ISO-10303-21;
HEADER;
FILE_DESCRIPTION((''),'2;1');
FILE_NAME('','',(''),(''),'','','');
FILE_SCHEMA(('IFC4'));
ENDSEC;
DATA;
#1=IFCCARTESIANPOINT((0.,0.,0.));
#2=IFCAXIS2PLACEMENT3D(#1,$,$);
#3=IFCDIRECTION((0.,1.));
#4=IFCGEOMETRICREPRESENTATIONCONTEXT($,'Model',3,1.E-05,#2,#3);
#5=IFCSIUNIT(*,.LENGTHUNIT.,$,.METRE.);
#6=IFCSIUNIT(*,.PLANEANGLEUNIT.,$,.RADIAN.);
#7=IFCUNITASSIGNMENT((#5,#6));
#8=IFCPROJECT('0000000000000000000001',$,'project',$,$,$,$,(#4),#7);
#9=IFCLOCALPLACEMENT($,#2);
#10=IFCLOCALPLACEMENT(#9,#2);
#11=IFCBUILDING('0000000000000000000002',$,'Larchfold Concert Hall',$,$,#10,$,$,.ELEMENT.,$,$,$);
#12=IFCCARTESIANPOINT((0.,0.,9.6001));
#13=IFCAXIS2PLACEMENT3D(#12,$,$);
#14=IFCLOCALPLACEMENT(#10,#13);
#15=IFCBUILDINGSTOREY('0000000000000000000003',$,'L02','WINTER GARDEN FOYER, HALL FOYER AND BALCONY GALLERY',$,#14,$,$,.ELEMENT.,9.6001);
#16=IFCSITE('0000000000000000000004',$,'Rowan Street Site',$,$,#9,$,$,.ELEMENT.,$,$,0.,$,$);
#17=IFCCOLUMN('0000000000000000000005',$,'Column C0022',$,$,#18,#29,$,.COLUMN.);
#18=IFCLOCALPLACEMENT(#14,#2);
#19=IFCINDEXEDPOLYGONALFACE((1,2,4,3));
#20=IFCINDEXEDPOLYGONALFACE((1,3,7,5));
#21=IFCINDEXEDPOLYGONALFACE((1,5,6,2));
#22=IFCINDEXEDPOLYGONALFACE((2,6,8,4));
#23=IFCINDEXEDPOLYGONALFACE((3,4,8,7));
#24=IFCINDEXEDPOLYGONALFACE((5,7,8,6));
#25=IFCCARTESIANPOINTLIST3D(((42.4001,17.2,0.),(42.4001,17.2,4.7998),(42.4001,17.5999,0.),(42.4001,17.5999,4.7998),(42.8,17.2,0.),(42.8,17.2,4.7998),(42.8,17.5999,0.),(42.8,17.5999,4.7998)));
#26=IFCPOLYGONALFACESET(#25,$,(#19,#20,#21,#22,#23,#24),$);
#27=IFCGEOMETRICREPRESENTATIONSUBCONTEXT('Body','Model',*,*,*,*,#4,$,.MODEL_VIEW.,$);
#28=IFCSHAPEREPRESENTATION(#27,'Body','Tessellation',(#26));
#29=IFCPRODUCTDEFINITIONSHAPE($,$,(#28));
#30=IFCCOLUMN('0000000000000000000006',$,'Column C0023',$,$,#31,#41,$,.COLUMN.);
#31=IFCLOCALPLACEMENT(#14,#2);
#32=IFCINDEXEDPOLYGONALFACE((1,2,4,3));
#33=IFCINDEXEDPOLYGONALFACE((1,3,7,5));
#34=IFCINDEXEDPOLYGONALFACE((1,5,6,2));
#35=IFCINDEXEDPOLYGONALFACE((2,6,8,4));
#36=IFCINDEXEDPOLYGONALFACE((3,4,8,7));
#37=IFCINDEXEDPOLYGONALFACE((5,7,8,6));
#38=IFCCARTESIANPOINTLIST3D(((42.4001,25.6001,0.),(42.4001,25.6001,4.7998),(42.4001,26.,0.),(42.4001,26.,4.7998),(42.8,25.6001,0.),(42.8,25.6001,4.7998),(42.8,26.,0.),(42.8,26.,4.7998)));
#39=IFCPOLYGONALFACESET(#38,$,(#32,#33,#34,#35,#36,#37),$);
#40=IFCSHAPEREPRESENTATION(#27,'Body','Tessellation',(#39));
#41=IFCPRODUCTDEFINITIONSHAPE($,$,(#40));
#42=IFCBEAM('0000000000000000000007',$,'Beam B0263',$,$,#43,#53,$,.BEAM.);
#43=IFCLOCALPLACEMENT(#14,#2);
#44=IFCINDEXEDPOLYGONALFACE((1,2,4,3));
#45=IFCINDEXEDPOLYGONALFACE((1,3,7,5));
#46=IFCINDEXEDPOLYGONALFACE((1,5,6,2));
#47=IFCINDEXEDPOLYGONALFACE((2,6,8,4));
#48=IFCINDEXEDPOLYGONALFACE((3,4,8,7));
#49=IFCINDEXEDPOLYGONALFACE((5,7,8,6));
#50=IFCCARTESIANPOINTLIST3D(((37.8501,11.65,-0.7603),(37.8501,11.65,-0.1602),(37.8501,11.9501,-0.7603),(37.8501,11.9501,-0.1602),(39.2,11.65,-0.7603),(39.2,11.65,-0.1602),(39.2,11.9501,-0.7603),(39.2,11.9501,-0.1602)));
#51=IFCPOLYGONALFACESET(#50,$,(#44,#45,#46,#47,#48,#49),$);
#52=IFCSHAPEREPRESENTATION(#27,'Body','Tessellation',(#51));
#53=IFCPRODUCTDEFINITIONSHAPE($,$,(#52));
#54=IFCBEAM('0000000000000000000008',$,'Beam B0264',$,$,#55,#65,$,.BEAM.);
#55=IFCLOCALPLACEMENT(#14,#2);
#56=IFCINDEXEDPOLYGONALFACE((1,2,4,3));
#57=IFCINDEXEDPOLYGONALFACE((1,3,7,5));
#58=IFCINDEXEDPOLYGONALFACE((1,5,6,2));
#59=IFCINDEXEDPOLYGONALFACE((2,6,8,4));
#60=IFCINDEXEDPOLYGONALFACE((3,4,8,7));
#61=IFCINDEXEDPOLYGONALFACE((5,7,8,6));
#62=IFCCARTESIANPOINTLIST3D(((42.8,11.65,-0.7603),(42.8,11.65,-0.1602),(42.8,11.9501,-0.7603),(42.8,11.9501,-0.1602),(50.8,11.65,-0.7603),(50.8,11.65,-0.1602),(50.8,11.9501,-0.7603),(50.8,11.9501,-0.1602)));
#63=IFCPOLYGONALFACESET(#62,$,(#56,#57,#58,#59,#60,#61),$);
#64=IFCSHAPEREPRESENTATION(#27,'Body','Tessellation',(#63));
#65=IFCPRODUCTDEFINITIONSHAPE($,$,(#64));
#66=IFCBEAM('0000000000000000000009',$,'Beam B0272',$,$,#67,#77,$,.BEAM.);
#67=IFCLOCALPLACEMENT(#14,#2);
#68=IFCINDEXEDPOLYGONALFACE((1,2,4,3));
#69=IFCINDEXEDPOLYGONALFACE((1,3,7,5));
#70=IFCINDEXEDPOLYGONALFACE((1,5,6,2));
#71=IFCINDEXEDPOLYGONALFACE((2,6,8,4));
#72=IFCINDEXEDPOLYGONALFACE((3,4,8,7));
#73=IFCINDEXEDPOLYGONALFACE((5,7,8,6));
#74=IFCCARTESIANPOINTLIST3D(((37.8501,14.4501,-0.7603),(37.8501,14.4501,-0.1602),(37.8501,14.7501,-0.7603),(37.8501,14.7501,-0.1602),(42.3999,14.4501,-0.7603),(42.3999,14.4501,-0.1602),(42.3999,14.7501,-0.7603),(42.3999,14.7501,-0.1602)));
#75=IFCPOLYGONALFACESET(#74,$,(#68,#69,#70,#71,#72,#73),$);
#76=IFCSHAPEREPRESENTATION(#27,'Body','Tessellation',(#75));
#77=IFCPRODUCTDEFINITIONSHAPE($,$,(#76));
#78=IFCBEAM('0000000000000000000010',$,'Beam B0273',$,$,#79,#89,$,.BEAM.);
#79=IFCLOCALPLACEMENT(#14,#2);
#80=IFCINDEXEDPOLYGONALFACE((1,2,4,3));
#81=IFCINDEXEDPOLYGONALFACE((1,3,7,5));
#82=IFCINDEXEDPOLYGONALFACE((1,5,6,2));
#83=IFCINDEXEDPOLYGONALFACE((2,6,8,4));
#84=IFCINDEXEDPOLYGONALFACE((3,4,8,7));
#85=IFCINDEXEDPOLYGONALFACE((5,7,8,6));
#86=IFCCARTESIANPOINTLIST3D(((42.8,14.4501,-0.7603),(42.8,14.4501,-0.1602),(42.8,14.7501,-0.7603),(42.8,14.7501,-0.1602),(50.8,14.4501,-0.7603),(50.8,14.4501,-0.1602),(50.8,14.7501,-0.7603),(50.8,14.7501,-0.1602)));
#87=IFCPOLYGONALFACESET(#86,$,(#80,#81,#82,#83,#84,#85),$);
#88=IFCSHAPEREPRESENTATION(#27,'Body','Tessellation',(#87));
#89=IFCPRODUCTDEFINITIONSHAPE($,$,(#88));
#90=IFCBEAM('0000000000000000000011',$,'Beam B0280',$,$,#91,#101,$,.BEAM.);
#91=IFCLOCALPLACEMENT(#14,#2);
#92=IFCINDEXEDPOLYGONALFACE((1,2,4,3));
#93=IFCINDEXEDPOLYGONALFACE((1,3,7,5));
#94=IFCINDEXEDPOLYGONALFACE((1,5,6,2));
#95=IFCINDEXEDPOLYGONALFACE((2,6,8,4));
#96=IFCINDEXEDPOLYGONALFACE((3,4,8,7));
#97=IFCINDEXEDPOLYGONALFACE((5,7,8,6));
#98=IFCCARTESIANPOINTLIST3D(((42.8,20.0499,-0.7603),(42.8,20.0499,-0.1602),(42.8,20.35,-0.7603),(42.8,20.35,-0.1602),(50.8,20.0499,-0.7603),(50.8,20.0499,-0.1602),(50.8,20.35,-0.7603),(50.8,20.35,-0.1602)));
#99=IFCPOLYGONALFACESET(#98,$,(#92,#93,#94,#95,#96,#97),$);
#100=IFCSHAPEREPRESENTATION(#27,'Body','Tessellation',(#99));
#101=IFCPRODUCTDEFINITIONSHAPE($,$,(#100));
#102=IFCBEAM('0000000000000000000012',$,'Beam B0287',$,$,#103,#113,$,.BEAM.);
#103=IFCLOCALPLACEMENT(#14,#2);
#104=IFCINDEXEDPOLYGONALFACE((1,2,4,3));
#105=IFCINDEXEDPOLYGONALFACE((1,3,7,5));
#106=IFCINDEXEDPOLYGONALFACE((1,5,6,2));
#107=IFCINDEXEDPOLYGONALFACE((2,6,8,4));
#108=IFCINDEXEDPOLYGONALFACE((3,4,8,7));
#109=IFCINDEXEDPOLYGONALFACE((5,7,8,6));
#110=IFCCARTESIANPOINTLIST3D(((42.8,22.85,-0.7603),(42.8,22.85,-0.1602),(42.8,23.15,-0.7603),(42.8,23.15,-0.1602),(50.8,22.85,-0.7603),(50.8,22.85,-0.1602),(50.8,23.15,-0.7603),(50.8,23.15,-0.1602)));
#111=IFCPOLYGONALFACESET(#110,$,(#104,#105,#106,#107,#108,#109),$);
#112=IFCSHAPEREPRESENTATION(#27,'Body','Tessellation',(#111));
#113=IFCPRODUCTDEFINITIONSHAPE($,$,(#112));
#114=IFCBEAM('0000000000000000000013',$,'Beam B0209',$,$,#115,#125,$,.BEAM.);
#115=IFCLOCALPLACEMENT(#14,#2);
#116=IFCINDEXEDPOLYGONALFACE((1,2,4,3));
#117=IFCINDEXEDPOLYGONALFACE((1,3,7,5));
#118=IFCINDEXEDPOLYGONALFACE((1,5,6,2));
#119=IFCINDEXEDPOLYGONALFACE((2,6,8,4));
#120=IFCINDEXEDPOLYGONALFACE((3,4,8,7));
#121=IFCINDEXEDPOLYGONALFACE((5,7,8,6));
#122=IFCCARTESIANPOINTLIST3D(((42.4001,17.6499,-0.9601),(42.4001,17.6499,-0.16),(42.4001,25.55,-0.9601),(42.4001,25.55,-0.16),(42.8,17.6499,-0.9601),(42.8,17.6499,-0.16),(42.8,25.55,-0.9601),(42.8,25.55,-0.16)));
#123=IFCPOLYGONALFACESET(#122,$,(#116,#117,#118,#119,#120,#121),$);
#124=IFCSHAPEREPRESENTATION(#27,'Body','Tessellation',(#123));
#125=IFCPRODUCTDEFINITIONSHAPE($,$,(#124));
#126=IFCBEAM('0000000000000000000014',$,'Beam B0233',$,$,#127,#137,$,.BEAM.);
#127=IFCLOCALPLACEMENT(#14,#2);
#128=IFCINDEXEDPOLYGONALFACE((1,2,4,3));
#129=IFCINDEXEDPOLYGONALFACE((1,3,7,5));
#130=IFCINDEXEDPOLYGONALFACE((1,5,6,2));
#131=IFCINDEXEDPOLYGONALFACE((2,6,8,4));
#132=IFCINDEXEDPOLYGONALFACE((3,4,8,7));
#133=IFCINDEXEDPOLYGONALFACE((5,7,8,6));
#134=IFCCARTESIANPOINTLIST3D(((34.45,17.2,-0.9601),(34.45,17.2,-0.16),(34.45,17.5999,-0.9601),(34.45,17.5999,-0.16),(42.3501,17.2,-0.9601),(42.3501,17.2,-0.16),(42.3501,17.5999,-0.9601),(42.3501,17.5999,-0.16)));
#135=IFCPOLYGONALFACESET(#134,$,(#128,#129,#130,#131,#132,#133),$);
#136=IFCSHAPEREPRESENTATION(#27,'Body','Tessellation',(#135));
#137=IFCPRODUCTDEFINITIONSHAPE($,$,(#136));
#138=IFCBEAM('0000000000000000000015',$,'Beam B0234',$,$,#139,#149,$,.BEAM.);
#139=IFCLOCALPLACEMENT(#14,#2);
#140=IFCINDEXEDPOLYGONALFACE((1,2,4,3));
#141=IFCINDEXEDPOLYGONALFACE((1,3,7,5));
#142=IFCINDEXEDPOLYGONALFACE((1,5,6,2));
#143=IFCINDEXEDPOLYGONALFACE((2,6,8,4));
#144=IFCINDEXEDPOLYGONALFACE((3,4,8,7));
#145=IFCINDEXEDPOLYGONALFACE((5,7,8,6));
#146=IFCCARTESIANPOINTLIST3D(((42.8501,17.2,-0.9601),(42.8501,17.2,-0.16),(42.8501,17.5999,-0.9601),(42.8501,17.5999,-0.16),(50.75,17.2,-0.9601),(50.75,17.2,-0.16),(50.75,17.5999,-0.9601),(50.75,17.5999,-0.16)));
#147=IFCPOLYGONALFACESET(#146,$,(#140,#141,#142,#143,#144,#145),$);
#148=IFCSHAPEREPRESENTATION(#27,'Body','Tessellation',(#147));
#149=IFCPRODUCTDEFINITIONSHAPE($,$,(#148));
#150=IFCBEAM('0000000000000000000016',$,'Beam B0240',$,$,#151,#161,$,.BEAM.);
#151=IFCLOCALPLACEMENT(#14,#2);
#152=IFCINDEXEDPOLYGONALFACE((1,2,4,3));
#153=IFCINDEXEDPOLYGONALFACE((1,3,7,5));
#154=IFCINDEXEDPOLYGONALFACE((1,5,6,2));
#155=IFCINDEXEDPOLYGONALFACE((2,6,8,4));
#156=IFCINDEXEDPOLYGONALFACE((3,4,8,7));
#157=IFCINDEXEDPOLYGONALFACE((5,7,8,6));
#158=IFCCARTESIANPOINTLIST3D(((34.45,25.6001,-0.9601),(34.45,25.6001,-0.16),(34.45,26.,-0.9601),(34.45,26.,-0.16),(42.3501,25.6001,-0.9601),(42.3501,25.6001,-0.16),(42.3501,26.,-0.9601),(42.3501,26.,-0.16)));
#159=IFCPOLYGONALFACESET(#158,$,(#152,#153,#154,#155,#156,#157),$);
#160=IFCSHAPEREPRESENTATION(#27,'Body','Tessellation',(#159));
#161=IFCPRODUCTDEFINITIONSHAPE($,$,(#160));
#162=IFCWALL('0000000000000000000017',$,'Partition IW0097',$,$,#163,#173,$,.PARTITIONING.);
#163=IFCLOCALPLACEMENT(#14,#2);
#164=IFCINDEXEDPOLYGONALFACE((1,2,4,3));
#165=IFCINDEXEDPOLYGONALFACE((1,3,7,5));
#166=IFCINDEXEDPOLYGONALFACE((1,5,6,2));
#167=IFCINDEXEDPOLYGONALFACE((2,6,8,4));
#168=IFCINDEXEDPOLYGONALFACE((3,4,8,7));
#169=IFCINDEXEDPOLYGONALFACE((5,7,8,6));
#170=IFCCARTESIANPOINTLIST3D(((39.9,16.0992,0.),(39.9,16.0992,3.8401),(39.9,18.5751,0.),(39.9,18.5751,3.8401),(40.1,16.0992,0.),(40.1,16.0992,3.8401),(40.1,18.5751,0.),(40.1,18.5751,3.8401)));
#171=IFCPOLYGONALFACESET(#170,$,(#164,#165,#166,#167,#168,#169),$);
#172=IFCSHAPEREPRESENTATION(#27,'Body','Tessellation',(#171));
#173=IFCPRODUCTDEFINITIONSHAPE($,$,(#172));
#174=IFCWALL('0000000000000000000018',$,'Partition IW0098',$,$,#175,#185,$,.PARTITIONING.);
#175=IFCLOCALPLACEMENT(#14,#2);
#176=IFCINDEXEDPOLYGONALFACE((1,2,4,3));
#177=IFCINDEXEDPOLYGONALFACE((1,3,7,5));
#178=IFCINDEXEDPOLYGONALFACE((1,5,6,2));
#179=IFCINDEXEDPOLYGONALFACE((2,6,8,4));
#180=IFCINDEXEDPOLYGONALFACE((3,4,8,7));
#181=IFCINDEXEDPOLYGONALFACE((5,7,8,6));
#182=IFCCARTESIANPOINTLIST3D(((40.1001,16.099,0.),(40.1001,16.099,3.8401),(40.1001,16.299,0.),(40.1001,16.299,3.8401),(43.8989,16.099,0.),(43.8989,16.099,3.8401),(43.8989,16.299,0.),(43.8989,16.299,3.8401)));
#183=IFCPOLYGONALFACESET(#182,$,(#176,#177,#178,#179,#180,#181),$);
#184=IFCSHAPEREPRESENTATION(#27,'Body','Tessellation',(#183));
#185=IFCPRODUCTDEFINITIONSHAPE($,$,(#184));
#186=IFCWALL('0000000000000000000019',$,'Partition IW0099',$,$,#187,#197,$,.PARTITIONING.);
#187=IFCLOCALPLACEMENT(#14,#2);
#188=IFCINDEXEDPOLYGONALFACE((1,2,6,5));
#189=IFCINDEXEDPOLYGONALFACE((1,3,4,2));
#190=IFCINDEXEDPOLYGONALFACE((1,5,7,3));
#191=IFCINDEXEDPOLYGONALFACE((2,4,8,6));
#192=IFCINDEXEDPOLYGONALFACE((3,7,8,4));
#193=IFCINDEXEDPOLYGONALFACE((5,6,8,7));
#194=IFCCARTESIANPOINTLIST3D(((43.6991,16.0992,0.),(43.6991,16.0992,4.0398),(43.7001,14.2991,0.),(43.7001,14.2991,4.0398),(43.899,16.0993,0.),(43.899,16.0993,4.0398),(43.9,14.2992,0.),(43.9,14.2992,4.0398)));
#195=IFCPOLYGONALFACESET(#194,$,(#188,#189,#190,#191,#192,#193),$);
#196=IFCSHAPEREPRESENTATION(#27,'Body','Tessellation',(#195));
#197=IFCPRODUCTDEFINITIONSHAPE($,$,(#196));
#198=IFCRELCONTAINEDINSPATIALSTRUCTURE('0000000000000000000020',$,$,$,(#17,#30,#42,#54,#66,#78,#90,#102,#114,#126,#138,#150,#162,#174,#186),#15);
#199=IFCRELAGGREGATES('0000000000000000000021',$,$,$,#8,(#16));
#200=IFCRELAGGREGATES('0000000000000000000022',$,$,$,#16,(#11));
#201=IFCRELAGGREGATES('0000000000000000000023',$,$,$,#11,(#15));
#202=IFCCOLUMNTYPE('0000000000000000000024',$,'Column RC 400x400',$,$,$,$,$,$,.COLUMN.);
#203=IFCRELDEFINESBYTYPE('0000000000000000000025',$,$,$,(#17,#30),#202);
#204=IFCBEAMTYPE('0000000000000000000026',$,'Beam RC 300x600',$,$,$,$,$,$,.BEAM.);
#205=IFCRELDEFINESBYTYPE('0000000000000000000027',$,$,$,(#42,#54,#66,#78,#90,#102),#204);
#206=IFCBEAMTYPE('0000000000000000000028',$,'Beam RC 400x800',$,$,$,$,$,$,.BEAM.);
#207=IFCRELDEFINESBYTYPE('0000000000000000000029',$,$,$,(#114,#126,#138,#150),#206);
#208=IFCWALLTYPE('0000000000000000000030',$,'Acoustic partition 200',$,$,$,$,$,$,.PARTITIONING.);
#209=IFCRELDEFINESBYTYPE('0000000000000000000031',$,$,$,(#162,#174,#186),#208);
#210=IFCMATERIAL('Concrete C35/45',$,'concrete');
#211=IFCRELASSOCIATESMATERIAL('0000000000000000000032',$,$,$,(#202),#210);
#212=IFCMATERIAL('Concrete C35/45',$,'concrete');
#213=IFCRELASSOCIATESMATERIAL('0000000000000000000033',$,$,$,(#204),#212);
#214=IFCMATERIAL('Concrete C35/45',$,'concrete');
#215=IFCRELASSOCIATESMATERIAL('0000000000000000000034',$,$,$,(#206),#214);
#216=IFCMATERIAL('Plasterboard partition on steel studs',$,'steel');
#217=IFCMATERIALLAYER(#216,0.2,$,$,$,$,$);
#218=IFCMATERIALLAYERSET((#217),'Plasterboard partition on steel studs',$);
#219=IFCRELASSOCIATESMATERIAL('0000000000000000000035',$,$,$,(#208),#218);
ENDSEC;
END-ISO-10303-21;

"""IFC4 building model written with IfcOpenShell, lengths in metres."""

from ifc_helpers import new_model, si_unit, direction, frame, frame_2d, origin, origin_2d, place, context, subcontext, project, spatial, rectangle, extrude, material, layer, layer_set, material_profile, profile_set, type_object, element, save


model = new_model("IFC4")

# Units and contexts
model_context = context("Model", 3, precision=1e-05, world=origin(), true_north=direction((0.0, 1.0)))
body_context = subcontext(model_context, "Body", "Model", "MODEL_VIEW")
ifc_project = project(units=[si_unit("LENGTHUNIT", "METRE"), si_unit("PLANEANGLEUNIT", "RADIAN")], contexts=[model_context])

# Site, building, storey
site_placement = place(None, origin())
site = spatial("IfcSite", under=ifc_project, at=site_placement, Name="Rowan Street Site", CompositionType="ELEMENT", RefElevation=0.0)
building_placement = place(site_placement, origin())
building = spatial("IfcBuilding", under=site, at=building_placement, Name="Larchfold Concert Hall", CompositionType="ELEMENT")
storey_placement = place(building_placement, frame((0.0, 0.0, 9.6001)))
storey = spatial("IfcBuildingStorey", under=building, at=storey_placement, Name="L02", Description="WINTER GARDEN FOYER, HALL FOYER AND BALCONY GALLERY", CompositionType="ELEMENT", Elevation=9.6001)

# Columns
ifc_material_1 = material(Name="Concrete C35/45", Category="concrete")
ifc_material_profile_1 = material_profile(ifc_material_1, rectangle(XDim=0.3999, YDim=0.3999, at=origin_2d()))
ifc_profile_set_1 = profile_set([ifc_material_profile_1], Name="Concrete C35/45")
column_type = type_object("IfcColumnType", Name="Column RC 400x400", PredefinedType="COLUMN", material=ifc_profile_set_1)
for number, where, z_axis, x_axis, name in (
    (1, (42.6001, 17.3999, 0.0), (0.0, 0.0, 1.0), (1.0, 0.0, 0.0), "Column C0022"),
    (2, (42.6001, 25.8, 0.0), (0.0, 0.0, 1.0), (1.0, 0.0, 0.0), "Column C0023"),
):
    element("IfcColumn", number, at=place(storey_placement, frame(where, z_axis=z_axis, x_axis=x_axis)), inside=storey, type_object=column_type, Name=name, PredefinedType="COLUMN", context=body_context, shape_type="SweptSolid", body=[
        extrude(rectangle(XDim=0.3999, YDim=0.3999, at=origin_2d()), origin(), (0.0, 0.0, 1.0), 4.7998),
    ])

# Beams
ifc_material_2 = material(Name="Concrete C35/45", Category="concrete")
ifc_material_profile_2 = material_profile(ifc_material_2, rectangle(XDim=0.3, YDim=0.6001, at=origin_2d()))
ifc_profile_set_2 = profile_set([ifc_material_profile_2], Name="Concrete C35/45")
beam_type_1 = type_object("IfcBeamType", Name="Beam RC 300x600", PredefinedType="BEAM", material=ifc_profile_set_2)
beam_1_placement = place(storey_placement, frame((37.8501, 11.8, -0.4602), z_axis=(1.0, 0.0, 0.0), x_axis=(0.0, 1.0, 0.0)))
element("IfcBeam", 3, at=beam_1_placement, inside=storey, type_object=beam_type_1, Name="Beam B0263", PredefinedType="BEAM", context=body_context, shape_type="SweptSolid", body=[
    extrude(rectangle(XDim=0.3, YDim=0.6001, at=origin_2d()), origin(), (0.0, 0.0, 1.0), 1.3499),
])
beam_2_placement = place(storey_placement, frame((42.8, 11.8, -0.4602), z_axis=(1.0, 0.0, 0.0), x_axis=(0.0, 1.0, 0.0)))
element("IfcBeam", 4, at=beam_2_placement, inside=storey, type_object=beam_type_1, Name="Beam B0264", PredefinedType="BEAM", context=body_context, shape_type="SweptSolid", body=[
    extrude(rectangle(XDim=0.3, YDim=0.6001, at=origin_2d()), origin(), (0.0, 0.0, 1.0), 8.0),
])
beam_3_placement = place(storey_placement, frame((37.8501, 14.6001, -0.4602), z_axis=(1.0, 0.0, 0.0), x_axis=(0.0, 1.0, 0.0)))
element("IfcBeam", 5, at=beam_3_placement, inside=storey, type_object=beam_type_1, Name="Beam B0272", PredefinedType="BEAM", context=body_context, shape_type="SweptSolid", body=[
    extrude(rectangle(XDim=0.3, YDim=0.6001, at=origin_2d()), origin(), (0.0, 0.0, 1.0), 4.5498),
])
for number, where, z_axis, x_axis, name in (
    (6, (42.8, 14.6001, -0.4602), (1.0, 0.0, 0.0), (0.0, 1.0, 0.0), "Beam B0273"),
    (7, (42.8, 20.2, -0.4602), (1.0, 0.0, 0.0), (0.0, 1.0, 0.0), "Beam B0280"),
    (8, (42.8, 23.0, -0.4602), (1.0, 0.0, 0.0), (0.0, 1.0, 0.0), "Beam B0287"),
):
    element("IfcBeam", number, at=place(storey_placement, frame(where, z_axis=z_axis, x_axis=x_axis)), inside=storey, type_object=beam_type_1, Name=name, PredefinedType="BEAM", context=body_context, shape_type="SweptSolid", body=[
        extrude(rectangle(XDim=0.3, YDim=0.6001, at=origin_2d()), origin(), (0.0, 0.0, 1.0), 8.0),
    ])
ifc_material_3 = material(Name="Concrete C35/45", Category="concrete")
ifc_material_profile_3 = material_profile(ifc_material_3, rectangle(XDim=0.3999, YDim=0.8, at=origin_2d()))
ifc_profile_set_3 = profile_set([ifc_material_profile_3], Name="Concrete C35/45")
beam_type_2 = type_object("IfcBeamType", Name="Beam RC 400x800", PredefinedType="BEAM", material=ifc_profile_set_3)
for number, where, z_axis, x_axis, name in (
    (9, (42.6001, 17.6499, -0.5601), (0.0, 1.0, 0.0), (-1.0, 0.0, 0.0), "Beam B0209"),
    (10, (34.45, 17.3999, -0.5601), (1.0, 0.0, 0.0), (0.0, 1.0, 0.0), "Beam B0233"),
):
    element("IfcBeam", number, at=place(storey_placement, frame(where, z_axis=z_axis, x_axis=x_axis)), inside=storey, type_object=beam_type_2, Name=name, PredefinedType="BEAM", context=body_context, shape_type="SweptSolid", body=[
        extrude(rectangle(XDim=0.3999, YDim=0.8, at=origin_2d()), origin(), (0.0, 0.0, 1.0), 7.9001),
    ])
beam_4_placement = place(storey_placement, frame((42.8501, 17.3999, -0.5601), z_axis=(1.0, 0.0, 0.0), x_axis=(0.0, 1.0, 0.0)))
element("IfcBeam", 11, at=beam_4_placement, inside=storey, type_object=beam_type_2, Name="Beam B0234", PredefinedType="BEAM", context=body_context, shape_type="SweptSolid", body=[
    extrude(rectangle(XDim=0.3999, YDim=0.8, at=origin_2d()), origin(), (0.0, 0.0, 1.0), 7.8999),
])
beam_5_placement = place(storey_placement, frame((34.45, 25.8, -0.5601), z_axis=(1.0, 0.0, 0.0), x_axis=(0.0, 1.0, 0.0)))
element("IfcBeam", 12, at=beam_5_placement, inside=storey, type_object=beam_type_2, Name="Beam B0240", PredefinedType="BEAM", context=body_context, shape_type="SweptSolid", body=[
    extrude(rectangle(XDim=0.3999, YDim=0.8, at=origin_2d()), origin(), (0.0, 0.0, 1.0), 7.9001),
])

# Walls
ifc_material_4 = material(Name="Plasterboard partition on steel studs", Category="steel")
ifc_layer_1 = layer(ifc_material_4, 0.2)
ifc_layer_set_1 = layer_set([ifc_layer_1], Name="Plasterboard partition on steel studs")
wall_type_1 = type_object("IfcWallType", Name="Acoustic partition 200", PredefinedType="PARTITIONING", material=ifc_layer_set_1)
wall_1_placement = place(storey_placement, frame((40.0, 18.575, 0.0), z_axis=(0.0, 0.0, 1.0), x_axis=(0.0, -1.0, 0.0)))
element("IfcWall", 13, at=wall_1_placement, inside=storey, type_object=wall_type_1, Name="Partition IW0097", PredefinedType="PARTITIONING", context=body_context, shape_type="SweptSolid", body=[
    extrude(rectangle(XDim=2.4758, YDim=0.2, at=frame_2d((1.2378, 0.0))), origin(), (0.0, 0.0, 1.0), 3.8401),
])
wall_2_placement = place(storey_placement, frame((40.1001, 16.199, 0.0), z_axis=(0.0, 0.0, 1.0), x_axis=(1.0, 0.0, 0.0)))
element("IfcWall", 14, at=wall_2_placement, inside=storey, type_object=wall_type_1, Name="Partition IW0098", PredefinedType="PARTITIONING", context=body_context, shape_type="SweptSolid", body=[
    extrude(rectangle(XDim=3.7988, YDim=0.2, at=frame_2d((1.8994, 0.0))), origin(), (0.0, 0.0, 1.0), 3.8401),
])
wall_3_placement = place(storey_placement, frame((43.7991, 16.0991, 0.0), z_axis=(0.0, 0.0, 1.0), x_axis=(0.000543, -1.0, 0.0)))
element("IfcWall", 15, at=wall_3_placement, inside=storey, type_object=wall_type_1, Name="Partition IW0099", PredefinedType="PARTITIONING", context=body_context, shape_type="SweptSolid", body=[
    extrude(rectangle(XDim=1.8, YDim=0.2, at=frame_2d((0.8999, 0.0))), origin(), (0.0, 0.0, 1.0), 4.0398),
])

save(model, "model.ifc")
